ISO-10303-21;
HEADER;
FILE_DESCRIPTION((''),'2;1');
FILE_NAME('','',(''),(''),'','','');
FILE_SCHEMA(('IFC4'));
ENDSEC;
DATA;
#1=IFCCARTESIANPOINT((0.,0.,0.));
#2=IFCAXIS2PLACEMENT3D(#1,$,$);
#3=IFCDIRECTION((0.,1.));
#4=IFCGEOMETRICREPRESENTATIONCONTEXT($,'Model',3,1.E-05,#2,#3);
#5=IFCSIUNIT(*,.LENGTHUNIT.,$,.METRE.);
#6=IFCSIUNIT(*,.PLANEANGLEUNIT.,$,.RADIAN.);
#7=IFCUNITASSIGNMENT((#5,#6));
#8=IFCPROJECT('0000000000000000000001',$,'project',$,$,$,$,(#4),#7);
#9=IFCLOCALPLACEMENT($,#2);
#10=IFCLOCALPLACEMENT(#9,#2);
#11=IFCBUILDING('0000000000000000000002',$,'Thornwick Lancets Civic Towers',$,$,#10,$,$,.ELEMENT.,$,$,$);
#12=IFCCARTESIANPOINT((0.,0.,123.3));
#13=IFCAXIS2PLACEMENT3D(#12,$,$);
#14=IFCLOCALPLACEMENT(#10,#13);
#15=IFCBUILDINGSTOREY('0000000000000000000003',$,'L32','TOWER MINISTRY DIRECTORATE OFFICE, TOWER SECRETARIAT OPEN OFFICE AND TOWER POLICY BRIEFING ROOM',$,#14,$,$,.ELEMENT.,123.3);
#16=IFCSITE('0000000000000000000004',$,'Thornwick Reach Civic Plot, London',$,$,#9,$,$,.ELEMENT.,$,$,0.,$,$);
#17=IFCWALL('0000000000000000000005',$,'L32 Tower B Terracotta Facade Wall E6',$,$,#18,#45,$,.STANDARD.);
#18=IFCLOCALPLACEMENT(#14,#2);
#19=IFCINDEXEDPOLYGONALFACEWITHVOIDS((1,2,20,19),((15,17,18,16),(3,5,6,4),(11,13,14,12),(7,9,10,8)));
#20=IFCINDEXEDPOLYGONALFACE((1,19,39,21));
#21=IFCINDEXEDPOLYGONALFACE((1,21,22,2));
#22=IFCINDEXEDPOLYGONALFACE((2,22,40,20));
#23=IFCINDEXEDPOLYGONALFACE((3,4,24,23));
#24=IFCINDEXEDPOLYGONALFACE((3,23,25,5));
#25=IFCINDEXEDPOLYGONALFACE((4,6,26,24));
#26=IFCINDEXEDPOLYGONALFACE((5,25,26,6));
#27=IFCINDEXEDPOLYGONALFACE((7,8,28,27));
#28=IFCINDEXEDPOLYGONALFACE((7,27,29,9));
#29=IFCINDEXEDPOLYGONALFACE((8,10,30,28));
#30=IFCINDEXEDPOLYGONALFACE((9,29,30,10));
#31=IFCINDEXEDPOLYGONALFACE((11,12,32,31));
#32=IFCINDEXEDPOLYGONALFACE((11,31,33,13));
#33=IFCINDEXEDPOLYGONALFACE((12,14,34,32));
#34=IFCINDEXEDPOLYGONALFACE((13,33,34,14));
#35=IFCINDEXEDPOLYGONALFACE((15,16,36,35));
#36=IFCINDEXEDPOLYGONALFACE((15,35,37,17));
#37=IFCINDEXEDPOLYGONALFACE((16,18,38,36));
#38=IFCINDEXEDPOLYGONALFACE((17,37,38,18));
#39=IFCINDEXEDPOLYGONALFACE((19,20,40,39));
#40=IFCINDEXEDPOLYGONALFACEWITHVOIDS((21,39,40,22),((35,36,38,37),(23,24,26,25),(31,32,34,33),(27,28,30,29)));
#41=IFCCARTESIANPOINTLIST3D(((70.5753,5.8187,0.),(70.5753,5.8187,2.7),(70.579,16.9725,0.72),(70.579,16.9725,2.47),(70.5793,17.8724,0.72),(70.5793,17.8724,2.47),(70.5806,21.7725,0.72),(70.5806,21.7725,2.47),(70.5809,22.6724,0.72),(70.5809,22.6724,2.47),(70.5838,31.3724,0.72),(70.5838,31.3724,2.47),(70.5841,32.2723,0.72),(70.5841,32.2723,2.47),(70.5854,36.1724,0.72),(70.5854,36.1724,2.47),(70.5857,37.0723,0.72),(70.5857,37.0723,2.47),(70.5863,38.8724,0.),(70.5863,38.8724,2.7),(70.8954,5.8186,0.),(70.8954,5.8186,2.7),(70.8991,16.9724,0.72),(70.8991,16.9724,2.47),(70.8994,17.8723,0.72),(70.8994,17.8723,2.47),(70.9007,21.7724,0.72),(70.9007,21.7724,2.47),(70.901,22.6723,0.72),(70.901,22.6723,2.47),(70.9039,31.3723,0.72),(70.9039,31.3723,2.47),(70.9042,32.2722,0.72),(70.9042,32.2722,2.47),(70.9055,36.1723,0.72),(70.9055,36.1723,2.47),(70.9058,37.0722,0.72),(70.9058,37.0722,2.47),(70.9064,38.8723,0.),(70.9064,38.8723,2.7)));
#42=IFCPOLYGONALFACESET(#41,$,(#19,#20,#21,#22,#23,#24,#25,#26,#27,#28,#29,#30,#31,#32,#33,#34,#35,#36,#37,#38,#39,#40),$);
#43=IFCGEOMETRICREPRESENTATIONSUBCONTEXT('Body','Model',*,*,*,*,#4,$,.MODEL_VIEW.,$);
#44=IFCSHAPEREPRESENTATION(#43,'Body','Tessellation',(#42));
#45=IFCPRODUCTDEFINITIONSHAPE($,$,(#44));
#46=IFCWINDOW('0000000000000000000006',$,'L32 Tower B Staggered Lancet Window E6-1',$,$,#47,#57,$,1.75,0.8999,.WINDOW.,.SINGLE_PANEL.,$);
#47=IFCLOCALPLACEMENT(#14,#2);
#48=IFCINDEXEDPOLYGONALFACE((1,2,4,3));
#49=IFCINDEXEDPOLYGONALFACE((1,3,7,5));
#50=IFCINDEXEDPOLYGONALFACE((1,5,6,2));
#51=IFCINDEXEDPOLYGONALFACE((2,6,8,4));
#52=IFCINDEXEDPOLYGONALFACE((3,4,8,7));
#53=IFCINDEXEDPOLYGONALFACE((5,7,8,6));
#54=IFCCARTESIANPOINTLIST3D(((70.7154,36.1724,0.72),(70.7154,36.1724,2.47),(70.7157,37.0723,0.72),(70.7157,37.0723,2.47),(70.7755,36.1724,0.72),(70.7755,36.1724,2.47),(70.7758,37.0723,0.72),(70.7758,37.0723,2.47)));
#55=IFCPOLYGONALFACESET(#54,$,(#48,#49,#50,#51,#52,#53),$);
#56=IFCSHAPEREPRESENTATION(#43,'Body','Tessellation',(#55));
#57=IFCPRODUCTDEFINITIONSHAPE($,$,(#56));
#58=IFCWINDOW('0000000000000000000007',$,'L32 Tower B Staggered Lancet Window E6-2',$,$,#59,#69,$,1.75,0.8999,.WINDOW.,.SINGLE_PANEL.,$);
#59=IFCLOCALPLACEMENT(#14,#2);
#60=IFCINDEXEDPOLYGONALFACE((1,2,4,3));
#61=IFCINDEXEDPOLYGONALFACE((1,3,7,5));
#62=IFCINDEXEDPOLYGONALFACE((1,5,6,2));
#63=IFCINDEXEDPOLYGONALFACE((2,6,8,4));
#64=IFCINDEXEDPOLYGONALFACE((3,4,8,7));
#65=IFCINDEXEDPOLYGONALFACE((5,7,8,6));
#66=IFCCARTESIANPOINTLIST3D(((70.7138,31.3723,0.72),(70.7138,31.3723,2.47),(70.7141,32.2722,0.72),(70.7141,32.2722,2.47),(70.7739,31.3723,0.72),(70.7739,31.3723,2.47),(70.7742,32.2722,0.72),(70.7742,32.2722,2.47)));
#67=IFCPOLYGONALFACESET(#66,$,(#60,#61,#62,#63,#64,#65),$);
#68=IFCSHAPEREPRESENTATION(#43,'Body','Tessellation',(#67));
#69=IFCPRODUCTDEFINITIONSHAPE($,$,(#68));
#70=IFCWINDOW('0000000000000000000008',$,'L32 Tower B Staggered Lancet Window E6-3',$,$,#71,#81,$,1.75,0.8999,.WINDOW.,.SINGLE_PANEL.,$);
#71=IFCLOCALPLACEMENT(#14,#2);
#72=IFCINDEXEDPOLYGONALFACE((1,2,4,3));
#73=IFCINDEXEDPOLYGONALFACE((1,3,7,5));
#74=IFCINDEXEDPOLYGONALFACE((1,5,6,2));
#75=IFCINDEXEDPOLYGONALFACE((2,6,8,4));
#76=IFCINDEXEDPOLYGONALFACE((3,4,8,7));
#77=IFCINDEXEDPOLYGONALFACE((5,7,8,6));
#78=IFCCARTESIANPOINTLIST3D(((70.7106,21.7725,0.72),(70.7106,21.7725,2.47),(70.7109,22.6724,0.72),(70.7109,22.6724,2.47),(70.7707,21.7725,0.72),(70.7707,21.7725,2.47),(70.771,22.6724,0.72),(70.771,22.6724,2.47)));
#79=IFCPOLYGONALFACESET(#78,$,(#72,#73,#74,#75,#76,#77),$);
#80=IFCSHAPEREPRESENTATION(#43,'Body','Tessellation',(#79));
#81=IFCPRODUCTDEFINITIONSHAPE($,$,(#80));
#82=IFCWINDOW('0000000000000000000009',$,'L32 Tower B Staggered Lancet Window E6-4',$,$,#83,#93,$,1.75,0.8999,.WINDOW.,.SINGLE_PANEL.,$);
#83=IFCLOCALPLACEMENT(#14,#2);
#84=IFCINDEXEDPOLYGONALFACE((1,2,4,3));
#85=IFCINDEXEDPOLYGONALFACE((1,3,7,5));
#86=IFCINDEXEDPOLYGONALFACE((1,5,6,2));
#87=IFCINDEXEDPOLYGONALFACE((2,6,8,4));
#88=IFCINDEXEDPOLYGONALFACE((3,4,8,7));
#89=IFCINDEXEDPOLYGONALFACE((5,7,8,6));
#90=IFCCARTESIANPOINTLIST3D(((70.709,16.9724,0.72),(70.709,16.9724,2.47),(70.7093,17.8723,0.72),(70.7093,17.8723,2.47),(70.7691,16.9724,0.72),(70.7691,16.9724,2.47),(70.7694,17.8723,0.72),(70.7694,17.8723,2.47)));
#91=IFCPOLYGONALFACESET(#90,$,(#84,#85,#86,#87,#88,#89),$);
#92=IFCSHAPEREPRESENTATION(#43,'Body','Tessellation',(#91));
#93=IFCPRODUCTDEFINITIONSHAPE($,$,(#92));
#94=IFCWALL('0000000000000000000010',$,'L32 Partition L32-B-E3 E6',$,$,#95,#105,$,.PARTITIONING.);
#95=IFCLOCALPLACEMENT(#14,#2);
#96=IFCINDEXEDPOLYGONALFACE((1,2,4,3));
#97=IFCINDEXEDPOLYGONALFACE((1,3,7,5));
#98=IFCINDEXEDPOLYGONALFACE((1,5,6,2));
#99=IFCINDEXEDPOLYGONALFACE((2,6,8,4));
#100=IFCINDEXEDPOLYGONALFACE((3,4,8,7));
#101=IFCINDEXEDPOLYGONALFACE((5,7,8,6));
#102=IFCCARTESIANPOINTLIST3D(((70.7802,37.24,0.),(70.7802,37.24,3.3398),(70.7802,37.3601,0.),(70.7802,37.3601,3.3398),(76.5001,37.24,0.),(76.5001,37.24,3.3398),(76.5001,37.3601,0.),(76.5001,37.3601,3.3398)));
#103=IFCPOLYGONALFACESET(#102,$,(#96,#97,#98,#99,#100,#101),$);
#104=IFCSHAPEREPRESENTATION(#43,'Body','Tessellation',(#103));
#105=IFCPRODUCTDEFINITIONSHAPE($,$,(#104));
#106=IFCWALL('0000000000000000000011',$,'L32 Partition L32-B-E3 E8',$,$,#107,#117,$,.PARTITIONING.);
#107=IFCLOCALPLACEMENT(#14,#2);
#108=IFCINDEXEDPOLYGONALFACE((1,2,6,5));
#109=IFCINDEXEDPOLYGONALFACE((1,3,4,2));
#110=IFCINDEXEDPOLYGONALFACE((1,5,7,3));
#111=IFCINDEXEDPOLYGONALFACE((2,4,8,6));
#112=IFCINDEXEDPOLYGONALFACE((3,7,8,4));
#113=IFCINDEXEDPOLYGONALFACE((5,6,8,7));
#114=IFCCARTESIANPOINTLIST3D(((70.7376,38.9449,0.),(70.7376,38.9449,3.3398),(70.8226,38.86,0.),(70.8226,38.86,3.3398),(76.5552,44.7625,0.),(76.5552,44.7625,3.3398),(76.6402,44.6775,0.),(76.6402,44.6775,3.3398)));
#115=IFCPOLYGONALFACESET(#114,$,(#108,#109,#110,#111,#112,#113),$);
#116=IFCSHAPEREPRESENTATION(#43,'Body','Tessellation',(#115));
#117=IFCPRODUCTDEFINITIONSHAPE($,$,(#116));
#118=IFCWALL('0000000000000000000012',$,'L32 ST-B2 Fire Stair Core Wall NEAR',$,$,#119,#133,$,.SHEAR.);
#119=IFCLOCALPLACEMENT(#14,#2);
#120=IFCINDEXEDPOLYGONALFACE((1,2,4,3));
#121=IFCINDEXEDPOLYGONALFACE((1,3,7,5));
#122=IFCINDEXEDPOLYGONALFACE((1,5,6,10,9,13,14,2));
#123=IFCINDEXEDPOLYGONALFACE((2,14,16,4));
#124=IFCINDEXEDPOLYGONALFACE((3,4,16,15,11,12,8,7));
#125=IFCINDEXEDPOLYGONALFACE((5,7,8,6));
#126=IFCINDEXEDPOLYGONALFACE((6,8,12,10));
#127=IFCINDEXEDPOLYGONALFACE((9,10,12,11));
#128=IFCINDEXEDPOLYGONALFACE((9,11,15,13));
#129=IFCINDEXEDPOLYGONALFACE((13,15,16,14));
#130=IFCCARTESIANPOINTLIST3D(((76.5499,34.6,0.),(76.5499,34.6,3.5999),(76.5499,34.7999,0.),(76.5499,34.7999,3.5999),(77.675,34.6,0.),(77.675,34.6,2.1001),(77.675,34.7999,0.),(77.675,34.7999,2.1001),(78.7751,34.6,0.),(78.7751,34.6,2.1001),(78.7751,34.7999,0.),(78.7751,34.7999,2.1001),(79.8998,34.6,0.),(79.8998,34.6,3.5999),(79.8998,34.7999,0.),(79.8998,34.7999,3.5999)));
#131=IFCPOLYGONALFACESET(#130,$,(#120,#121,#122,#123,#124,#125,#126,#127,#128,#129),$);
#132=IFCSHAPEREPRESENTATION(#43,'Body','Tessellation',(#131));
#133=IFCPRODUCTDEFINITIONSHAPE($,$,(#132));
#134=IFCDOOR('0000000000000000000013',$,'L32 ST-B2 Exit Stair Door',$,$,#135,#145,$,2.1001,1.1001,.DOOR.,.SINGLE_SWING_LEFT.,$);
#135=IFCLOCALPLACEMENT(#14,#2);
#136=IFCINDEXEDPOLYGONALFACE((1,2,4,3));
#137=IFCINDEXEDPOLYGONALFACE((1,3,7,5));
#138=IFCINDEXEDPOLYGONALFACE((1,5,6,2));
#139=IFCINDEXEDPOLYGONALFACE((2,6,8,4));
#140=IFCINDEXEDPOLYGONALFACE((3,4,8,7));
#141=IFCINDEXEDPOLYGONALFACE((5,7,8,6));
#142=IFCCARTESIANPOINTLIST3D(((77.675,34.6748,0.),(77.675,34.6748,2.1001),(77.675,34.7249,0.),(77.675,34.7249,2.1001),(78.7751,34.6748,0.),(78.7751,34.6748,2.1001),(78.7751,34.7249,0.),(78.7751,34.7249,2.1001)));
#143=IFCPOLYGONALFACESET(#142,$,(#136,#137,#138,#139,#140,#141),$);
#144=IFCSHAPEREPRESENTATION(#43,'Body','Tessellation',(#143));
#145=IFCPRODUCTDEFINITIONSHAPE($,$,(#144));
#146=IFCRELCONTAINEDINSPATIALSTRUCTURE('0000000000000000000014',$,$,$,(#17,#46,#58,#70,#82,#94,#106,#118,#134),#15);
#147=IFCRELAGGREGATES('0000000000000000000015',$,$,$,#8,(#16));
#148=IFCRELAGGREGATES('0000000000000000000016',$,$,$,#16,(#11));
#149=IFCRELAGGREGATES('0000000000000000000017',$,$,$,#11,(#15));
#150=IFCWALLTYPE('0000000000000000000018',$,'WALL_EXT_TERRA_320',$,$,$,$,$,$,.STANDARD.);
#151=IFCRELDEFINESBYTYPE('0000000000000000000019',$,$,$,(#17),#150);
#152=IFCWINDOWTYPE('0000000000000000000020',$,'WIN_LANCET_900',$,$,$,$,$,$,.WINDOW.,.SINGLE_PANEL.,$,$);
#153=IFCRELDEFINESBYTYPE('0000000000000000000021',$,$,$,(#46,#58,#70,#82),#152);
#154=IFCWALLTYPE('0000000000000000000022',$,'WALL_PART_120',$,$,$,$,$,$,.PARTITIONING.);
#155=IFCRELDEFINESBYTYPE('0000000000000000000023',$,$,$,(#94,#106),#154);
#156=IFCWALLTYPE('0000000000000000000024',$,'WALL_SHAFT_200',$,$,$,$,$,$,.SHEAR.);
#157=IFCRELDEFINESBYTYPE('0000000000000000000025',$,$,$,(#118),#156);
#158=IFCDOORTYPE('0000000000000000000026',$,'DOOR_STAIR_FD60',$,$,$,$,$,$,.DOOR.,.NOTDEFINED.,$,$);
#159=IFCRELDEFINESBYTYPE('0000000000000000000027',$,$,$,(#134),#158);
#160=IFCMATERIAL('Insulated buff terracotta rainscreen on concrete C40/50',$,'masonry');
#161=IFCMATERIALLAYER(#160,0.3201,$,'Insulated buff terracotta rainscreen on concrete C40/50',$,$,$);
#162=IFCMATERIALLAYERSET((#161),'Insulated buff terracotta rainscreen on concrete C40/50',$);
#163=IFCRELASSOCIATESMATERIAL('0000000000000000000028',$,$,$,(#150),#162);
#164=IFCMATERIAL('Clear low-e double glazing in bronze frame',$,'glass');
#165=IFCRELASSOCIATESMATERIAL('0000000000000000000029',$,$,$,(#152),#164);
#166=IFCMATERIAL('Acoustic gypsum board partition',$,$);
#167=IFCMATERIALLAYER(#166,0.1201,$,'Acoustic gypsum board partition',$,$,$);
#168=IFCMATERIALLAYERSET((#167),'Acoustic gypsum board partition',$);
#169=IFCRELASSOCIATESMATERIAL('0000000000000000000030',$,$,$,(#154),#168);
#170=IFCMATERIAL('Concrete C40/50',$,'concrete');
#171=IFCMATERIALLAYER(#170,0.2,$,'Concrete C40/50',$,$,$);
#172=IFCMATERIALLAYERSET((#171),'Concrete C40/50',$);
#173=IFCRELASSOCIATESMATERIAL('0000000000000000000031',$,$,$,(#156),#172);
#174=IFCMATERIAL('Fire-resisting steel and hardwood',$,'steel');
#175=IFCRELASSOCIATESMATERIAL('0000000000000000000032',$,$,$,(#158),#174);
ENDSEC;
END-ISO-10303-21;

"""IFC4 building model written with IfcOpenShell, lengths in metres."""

from ifc_helpers import new_model, si_unit, direction, frame, frame_2d, origin, place, context, subcontext, project, spatial, rectangle, extrude, material, layer, layer_set, type_object, element, fill, save


model = new_model("IFC4")

# Units and contexts
model_context = context("Model", 3, precision=1e-05, world=origin(), true_north=direction((0.0, 1.0)))
body_context = subcontext(model_context, "Body", "Model", "MODEL_VIEW")
ifc_project = project(units=[si_unit("LENGTHUNIT", "METRE"), si_unit("PLANEANGLEUNIT", "RADIAN")], contexts=[model_context])

# Site, building, storey
site_placement = place(None, origin())
site = spatial("IfcSite", under=ifc_project, at=site_placement, Name="Thornwick Reach Civic Plot, London", CompositionType="ELEMENT", RefElevation=0.0)
building_placement = place(site_placement, origin())
building = spatial("IfcBuilding", under=site, at=building_placement, Name="Thornwick Lancets Civic Towers", CompositionType="ELEMENT")
storey_placement = place(building_placement, frame((0.0, 0.0, 123.3)))
storey = spatial("IfcBuildingStorey", under=building, at=storey_placement, Name="L32", Description="TOWER MINISTRY DIRECTORATE OFFICE, TOWER SECRETARIAT OPEN OFFICE AND TOWER POLICY BRIEFING ROOM", CompositionType="ELEMENT", Elevation=123.3)

# Shared definitions
ifc_material_1 = material(Name="Concrete C40/50", Category="concrete")

# Wall, openings, windows
ifc_material_2 = material(Name="Insulated buff terracotta rainscreen on concrete C40/50", Category="masonry")
ifc_layer_1 = layer(ifc_material_2, 0.3201, Name="Insulated buff terracotta rainscreen on concrete C40/50")
ifc_layer_set_1 = layer_set([ifc_layer_1], Name="Insulated buff terracotta rainscreen on concrete C40/50")
wall_type_1 = type_object("IfcWallType", Name="WALL_EXT_TERRA_320", PredefinedType="STANDARD", material=ifc_layer_set_1)
wall_1_placement = place(storey_placement, frame((70.7463, 38.8723, 0.0), z_axis=(0.0, 0.0, 1.0), x_axis=(-0.000332, -1.0, 0.0)))
wall_1 = element("IfcWall", 1, at=wall_1_placement, inside=storey, type_object=wall_type_1, Name="L32 Tower B Terracotta Facade Wall E6", PredefinedType="STANDARD", context=body_context, shape_type="SweptSolid", body=[
    extrude(rectangle(XDim=33.0537, YDim=0.3201, at=frame_2d((16.5269, 0.0))), origin(), (0.0, 0.0, 1.0), 2.7),
])
opening_1_placement = place(wall_1_placement, frame((1.8, 0.0, 0.72)))
opening_1 = element("IfcOpeningElement", 2, at=opening_1_placement, cuts=wall_1, PredefinedType="OPENING", context=body_context, shape_type="SweptSolid", body=[
    extrude(rectangle(XDim=0.8999, YDim=1.75, at=frame_2d((0.45, 0.875))), frame((0.0, 0.1699, 0.0), z_axis=(0.0, -1.0, 0.0), x_axis=(1.0, 0.0, 0.0)), (0.0, 0.0, 1.0), 0.3401),
])
opening_2_placement = place(wall_1_placement, frame((6.6001, 0.0, 0.72)))
opening_2 = element("IfcOpeningElement", 3, at=opening_2_placement, cuts=wall_1, PredefinedType="OPENING", context=body_context, shape_type="SweptSolid", body=[
    extrude(rectangle(XDim=0.8999, YDim=1.75, at=frame_2d((0.45, 0.875))), frame((0.0, 0.1699, 0.0), z_axis=(0.0, -1.0, 0.0), x_axis=(1.0, 0.0, 0.0)), (0.0, 0.0, 1.0), 0.3401),
])
opening_3_placement = place(wall_1_placement, frame((16.2, 0.0, 0.72)))
opening_3 = element("IfcOpeningElement", 4, at=opening_3_placement, cuts=wall_1, PredefinedType="OPENING", context=body_context, shape_type="SweptSolid", body=[
    extrude(rectangle(XDim=0.8999, YDim=1.75, at=frame_2d((0.45, 0.875))), frame((0.0, 0.1699, 0.0), z_axis=(0.0, -1.0, 0.0), x_axis=(1.0, 0.0, 0.0)), (0.0, 0.0, 1.0), 0.3401),
])
opening_4_placement = place(wall_1_placement, frame((21.0, 0.0, 0.72)))
opening_4 = element("IfcOpeningElement", 5, at=opening_4_placement, cuts=wall_1, PredefinedType="OPENING", context=body_context, shape_type="SweptSolid", body=[
    extrude(rectangle(XDim=0.8999, YDim=1.75, at=frame_2d((0.45, 0.875))), frame((0.0, 0.1699, 0.0), z_axis=(0.0, -1.0, 0.0), x_axis=(1.0, 0.0, 0.0)), (0.0, 0.0, 1.0), 0.3401),
])
ifc_material_3 = material(Name="Clear low-e double glazing in bronze frame", Category="glass")
window_type = type_object("IfcWindowType", Name="WIN_LANCET_900", PartitioningType="SINGLE_PANEL", PredefinedType="WINDOW", material=ifc_material_3)
window_1_placement = place(opening_1_placement, origin())
window_1 = element("IfcWindow", 6, at=window_1_placement, inside=storey, type_object=window_type, Name="L32 Tower B Staggered Lancet Window E6-1", OverallHeight=1.75, OverallWidth=0.8999, PartitioningType="SINGLE_PANEL", PredefinedType="WINDOW", context=body_context, shape_type="SweptSolid", body=[
    extrude(rectangle(XDim=0.8999, YDim=1.75, at=frame_2d((0.45, 0.875))), frame((0.0, 0.03, 0.0), z_axis=(0.0, -1.0, 0.0), x_axis=(1.0, 0.0, 0.0)), (0.0, 0.0, 1.0), 0.0601),
])
fill(opening_1, window_1)
window_2_placement = place(opening_2_placement, origin())
window_2 = element("IfcWindow", 7, at=window_2_placement, inside=storey, type_object=window_type, Name="L32 Tower B Staggered Lancet Window E6-2", OverallHeight=1.75, OverallWidth=0.8999, PartitioningType="SINGLE_PANEL", PredefinedType="WINDOW", context=body_context, shape_type="SweptSolid", body=[
    extrude(rectangle(XDim=0.8999, YDim=1.75, at=frame_2d((0.45, 0.875))), frame((0.0, 0.03, 0.0), z_axis=(0.0, -1.0, 0.0), x_axis=(1.0, 0.0, 0.0)), (0.0, 0.0, 1.0), 0.0601),
])
fill(opening_2, window_2)
window_3_placement = place(opening_3_placement, origin())
window_3 = element("IfcWindow", 8, at=window_3_placement, inside=storey, type_object=window_type, Name="L32 Tower B Staggered Lancet Window E6-3", OverallHeight=1.75, OverallWidth=0.8999, PartitioningType="SINGLE_PANEL", PredefinedType="WINDOW", context=body_context, shape_type="SweptSolid", body=[
    extrude(rectangle(XDim=0.8999, YDim=1.75, at=frame_2d((0.45, 0.875))), frame((0.0, 0.03, 0.0), z_axis=(0.0, -1.0, 0.0), x_axis=(1.0, 0.0, 0.0)), (0.0, 0.0, 1.0), 0.0601),
])
fill(opening_3, window_3)
window_4_placement = place(opening_4_placement, origin())
window_4 = element("IfcWindow", 9, at=window_4_placement, inside=storey, type_object=window_type, Name="L32 Tower B Staggered Lancet Window E6-4", OverallHeight=1.75, OverallWidth=0.8999, PartitioningType="SINGLE_PANEL", PredefinedType="WINDOW", context=body_context, shape_type="SweptSolid", body=[
    extrude(rectangle(XDim=0.8999, YDim=1.75, at=frame_2d((0.45, 0.875))), frame((0.0, 0.03, 0.0), z_axis=(0.0, -1.0, 0.0), x_axis=(1.0, 0.0, 0.0)), (0.0, 0.0, 1.0), 0.0601),
])
fill(opening_4, window_4)

# Walls
ifc_material_4 = material(Name="Acoustic gypsum board partition")
ifc_layer_2 = layer(ifc_material_4, 0.1201, Name="Acoustic gypsum board partition")
ifc_layer_set_2 = layer_set([ifc_layer_2], Name="Acoustic gypsum board partition")
wall_type_2 = type_object("IfcWallType", Name="WALL_PART_120", PredefinedType="PARTITIONING", material=ifc_layer_set_2)
wall_2_placement = place(storey_placement, frame((76.5, 37.3, 0.0), z_axis=(0.0, 0.0, 1.0), x_axis=(-1.0, 0.0, 0.0)))
element("IfcWall", 10, at=wall_2_placement, inside=storey, type_object=wall_type_2, Name="L32 Partition L32-B-E3 E6", PredefinedType="PARTITIONING", context=body_context, shape_type="SweptSolid", body=[
    extrude(rectangle(XDim=5.72, YDim=0.1201, at=frame_2d((2.8599, 0.0))), origin(), (0.0, 0.0, 1.0), 3.3398),
])
wall_3_placement = place(storey_placement, frame((70.78, 38.9023, 0.0), z_axis=(0.0, 0.0, 1.0), x_axis=(0.707107, 0.707107, 0.0)))
element("IfcWall", 11, at=wall_3_placement, inside=storey, type_object=wall_type_2, Name="L32 Partition L32-B-E3 E8", PredefinedType="PARTITIONING", context=body_context, shape_type="SweptSolid", body=[
    extrude(rectangle(XDim=8.2273, YDim=0.1201, at=frame_2d((4.1138, 0.0))), origin(), (0.0, 0.0, 1.0), 3.3398),
])

# Wall, opening, door
ifc_layer_3 = layer(ifc_material_1, 0.2, Name="Concrete C40/50")
ifc_layer_set_3 = layer_set([ifc_layer_3], Name="Concrete C40/50")
wall_type_3 = type_object("IfcWallType", Name="WALL_SHAFT_200", PredefinedType="SHEAR", material=ifc_layer_set_3)
wall_4_placement = place(storey_placement, frame((76.55, 34.7, 0.0), z_axis=(0.0, 0.0, 1.0), x_axis=(1.0, 0.0, 0.0)))
wall_4 = element("IfcWall", 12, at=wall_4_placement, inside=storey, type_object=wall_type_3, Name="L32 ST-B2 Fire Stair Core Wall NEAR", PredefinedType="SHEAR", context=body_context, shape_type="SweptSolid", body=[
    extrude(rectangle(XDim=3.3499, YDim=0.2, at=frame_2d((1.6748, 0.0))), origin(), (0.0, 0.0, 1.0), 3.5999),
])
opening_5_placement = place(wall_4_placement, frame((1.125, 0.0, 0.0)))
opening_5 = element("IfcOpeningElement", 13, at=opening_5_placement, cuts=wall_4, PredefinedType="OPENING", context=body_context, shape_type="SweptSolid", body=[
    extrude(rectangle(XDim=1.1001, YDim=2.1001, at=frame_2d((0.55, 1.05))), frame((0.0, 0.1099, 0.0), z_axis=(0.0, -1.0, 0.0), x_axis=(1.0, 0.0, 0.0)), (0.0, 0.0, 1.0), 0.22),
])
ifc_material_5 = material(Name="Fire-resisting steel and hardwood", Category="steel")
door_type = type_object("IfcDoorType", Name="DOOR_STAIR_FD60", OperationType="NOTDEFINED", PredefinedType="DOOR", material=ifc_material_5)
door_placement = place(opening_5_placement, origin())
door = element("IfcDoor", 14, at=door_placement, inside=storey, type_object=door_type, Name="L32 ST-B2 Exit Stair Door", OperationType="SINGLE_SWING_LEFT", OverallHeight=2.1001, OverallWidth=1.1001, PredefinedType="DOOR", context=body_context, shape_type="SweptSolid", body=[
    extrude(rectangle(XDim=1.1001, YDim=2.1001, at=frame_2d((0.55, 1.05))), frame((0.0, 0.0249, 0.0), z_axis=(0.0, -1.0, 0.0), x_axis=(1.0, 0.0, 0.0)), (0.0, 0.0, 1.0), 0.05),
])
fill(opening_5, door)

save(model, "model.ifc")
